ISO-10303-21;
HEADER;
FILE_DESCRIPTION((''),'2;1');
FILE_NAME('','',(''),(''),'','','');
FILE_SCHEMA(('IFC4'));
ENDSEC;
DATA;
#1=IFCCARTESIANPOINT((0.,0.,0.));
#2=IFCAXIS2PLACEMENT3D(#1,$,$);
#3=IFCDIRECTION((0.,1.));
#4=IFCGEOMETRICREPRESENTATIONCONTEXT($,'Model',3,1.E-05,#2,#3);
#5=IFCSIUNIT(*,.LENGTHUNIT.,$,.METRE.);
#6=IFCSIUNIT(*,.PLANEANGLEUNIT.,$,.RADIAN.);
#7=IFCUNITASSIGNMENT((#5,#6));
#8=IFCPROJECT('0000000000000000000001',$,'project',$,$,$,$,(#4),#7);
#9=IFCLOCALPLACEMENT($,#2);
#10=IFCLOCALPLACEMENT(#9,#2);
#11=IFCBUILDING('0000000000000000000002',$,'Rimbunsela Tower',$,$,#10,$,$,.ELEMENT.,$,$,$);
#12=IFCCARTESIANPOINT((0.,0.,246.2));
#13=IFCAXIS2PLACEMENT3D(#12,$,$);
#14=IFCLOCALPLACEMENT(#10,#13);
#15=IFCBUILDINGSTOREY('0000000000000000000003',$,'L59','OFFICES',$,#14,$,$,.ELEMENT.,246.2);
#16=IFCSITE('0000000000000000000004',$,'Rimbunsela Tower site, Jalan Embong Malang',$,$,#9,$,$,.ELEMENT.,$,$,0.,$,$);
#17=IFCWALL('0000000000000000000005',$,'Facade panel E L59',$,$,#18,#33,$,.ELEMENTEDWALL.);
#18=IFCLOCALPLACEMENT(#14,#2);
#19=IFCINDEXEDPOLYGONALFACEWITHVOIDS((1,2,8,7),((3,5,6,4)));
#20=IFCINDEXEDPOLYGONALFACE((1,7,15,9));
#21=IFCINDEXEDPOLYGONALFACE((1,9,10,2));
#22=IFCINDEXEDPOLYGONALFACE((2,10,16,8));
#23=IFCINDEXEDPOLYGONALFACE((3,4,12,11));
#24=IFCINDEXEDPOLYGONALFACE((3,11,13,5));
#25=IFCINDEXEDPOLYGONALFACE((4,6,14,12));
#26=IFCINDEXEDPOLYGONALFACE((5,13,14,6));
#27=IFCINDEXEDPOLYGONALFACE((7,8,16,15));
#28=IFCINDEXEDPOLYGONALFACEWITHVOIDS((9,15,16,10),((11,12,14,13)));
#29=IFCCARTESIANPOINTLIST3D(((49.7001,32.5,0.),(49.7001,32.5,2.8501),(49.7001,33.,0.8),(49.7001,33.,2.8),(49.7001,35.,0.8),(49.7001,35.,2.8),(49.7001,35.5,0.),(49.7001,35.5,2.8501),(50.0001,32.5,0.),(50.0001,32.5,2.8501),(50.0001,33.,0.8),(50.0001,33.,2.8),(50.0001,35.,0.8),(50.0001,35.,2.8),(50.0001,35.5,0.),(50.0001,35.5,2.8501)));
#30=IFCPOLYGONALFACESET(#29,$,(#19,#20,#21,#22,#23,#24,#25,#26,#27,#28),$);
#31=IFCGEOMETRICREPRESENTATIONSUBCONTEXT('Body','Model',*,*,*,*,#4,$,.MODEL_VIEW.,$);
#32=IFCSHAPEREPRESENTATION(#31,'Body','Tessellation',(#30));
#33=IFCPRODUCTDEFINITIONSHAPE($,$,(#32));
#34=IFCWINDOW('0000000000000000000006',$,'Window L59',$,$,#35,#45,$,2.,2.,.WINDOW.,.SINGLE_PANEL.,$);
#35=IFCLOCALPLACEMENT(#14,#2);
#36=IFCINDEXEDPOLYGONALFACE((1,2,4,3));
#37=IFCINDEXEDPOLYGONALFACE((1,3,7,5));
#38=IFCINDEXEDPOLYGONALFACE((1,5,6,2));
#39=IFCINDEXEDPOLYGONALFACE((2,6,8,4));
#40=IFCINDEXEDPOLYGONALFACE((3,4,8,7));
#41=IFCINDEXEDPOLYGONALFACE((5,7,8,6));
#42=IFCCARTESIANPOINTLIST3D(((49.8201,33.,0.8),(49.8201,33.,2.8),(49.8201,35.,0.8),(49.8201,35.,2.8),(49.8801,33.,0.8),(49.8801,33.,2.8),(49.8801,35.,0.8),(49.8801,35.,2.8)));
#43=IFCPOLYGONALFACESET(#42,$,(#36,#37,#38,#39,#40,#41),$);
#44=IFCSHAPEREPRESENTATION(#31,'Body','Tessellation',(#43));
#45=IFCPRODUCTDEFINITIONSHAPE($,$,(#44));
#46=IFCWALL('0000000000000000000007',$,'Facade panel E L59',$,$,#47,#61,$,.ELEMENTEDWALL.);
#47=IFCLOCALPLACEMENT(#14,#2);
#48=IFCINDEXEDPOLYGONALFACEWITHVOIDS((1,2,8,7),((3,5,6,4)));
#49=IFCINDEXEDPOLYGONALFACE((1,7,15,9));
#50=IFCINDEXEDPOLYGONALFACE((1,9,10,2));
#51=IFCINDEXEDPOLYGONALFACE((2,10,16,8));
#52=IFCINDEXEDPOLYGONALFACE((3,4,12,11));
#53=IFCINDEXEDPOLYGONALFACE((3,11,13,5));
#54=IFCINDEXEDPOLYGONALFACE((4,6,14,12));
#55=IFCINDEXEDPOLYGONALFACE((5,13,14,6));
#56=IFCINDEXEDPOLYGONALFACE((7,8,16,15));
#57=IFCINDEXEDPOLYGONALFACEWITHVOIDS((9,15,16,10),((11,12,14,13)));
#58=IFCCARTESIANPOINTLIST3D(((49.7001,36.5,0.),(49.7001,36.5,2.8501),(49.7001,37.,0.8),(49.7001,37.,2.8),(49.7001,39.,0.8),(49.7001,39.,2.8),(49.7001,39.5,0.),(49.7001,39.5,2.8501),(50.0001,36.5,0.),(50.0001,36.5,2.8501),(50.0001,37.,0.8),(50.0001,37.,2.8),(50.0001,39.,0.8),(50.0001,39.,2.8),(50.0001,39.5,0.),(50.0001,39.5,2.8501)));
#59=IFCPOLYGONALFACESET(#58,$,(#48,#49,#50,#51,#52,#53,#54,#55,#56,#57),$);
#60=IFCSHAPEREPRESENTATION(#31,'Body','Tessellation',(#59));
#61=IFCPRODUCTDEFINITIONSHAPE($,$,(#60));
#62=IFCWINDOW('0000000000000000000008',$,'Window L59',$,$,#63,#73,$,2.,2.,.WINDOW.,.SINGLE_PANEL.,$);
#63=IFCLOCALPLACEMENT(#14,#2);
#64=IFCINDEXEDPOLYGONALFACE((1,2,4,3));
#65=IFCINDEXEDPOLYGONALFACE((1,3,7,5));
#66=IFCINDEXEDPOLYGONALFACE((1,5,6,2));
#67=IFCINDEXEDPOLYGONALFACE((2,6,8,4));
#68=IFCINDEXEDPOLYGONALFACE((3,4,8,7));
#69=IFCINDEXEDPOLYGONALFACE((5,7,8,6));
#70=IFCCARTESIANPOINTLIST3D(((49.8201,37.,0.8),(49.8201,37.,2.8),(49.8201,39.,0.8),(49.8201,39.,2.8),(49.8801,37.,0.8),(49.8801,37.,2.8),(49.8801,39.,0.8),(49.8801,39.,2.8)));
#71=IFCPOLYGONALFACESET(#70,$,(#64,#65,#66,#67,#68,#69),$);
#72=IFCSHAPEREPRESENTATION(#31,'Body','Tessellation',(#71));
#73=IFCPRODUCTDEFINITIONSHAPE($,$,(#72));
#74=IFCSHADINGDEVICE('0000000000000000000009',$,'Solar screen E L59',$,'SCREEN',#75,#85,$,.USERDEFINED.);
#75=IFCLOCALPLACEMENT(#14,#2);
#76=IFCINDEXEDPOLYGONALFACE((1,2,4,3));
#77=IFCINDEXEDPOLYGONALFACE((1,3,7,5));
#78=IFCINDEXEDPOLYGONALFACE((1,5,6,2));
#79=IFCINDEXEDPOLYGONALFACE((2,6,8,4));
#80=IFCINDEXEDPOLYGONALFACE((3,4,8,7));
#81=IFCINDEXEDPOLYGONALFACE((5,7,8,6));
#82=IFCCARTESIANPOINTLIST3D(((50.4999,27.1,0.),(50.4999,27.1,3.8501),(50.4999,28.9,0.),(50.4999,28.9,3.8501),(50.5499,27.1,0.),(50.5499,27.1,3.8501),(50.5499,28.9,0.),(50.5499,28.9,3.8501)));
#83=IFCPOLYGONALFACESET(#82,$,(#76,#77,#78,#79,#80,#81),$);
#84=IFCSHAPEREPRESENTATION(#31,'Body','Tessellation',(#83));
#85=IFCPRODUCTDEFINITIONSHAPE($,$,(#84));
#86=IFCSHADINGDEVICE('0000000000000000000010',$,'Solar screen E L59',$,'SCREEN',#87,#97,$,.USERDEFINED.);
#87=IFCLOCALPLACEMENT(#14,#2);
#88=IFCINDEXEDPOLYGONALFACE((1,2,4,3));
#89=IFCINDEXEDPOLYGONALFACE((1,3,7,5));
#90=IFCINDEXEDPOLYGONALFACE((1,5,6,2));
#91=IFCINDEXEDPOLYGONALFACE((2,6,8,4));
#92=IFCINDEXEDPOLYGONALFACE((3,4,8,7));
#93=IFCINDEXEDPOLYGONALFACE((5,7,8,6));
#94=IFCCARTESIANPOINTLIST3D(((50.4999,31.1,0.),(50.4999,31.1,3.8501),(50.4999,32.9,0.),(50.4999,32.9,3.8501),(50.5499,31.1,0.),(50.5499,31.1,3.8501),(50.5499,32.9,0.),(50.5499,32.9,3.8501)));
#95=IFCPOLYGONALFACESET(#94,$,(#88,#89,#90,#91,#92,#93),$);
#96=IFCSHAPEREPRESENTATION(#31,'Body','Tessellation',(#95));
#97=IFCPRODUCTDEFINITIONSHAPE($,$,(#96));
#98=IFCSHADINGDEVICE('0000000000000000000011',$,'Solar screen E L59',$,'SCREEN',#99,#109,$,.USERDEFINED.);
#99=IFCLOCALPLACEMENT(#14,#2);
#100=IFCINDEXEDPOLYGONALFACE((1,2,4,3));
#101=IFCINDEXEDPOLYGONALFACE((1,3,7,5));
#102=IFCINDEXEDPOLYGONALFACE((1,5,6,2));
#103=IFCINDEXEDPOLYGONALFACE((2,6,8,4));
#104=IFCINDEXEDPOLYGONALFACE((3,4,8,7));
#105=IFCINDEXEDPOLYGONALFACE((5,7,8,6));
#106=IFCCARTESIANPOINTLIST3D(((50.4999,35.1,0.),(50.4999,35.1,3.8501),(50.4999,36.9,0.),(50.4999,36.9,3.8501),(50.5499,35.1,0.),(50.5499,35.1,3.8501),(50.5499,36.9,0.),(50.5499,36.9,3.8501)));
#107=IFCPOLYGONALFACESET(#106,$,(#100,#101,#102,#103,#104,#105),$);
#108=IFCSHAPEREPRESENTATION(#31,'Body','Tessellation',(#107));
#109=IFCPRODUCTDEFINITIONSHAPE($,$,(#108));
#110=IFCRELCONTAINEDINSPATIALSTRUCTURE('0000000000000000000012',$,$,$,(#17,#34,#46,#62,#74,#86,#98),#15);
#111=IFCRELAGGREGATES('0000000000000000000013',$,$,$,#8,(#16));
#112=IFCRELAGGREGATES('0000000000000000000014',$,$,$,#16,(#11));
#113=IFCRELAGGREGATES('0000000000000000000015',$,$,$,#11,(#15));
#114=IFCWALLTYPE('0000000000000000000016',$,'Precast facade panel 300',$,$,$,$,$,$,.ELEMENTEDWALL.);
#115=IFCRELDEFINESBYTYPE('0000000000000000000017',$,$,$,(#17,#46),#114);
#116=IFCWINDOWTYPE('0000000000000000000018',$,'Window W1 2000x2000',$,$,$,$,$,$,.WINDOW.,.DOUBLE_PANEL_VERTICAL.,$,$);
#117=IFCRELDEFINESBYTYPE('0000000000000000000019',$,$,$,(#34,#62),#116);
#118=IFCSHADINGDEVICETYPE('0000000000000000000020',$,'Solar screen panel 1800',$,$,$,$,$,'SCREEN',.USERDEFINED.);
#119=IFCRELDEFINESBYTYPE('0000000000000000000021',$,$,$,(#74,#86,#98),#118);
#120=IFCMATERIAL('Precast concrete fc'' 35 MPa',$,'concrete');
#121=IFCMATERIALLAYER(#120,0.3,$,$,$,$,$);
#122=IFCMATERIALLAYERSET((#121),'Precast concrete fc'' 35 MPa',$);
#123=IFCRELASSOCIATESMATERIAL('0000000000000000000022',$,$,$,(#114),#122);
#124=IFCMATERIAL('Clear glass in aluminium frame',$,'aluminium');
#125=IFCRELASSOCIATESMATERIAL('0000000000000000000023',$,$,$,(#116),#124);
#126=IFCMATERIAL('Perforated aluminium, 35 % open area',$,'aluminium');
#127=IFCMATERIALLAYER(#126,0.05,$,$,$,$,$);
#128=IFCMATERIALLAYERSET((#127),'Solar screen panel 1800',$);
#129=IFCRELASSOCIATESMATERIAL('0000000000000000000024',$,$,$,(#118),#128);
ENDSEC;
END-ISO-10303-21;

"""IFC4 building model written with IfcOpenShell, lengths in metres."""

from ifc_helpers import new_model, si_unit, direction, frame, frame_2d, origin, origin_2d, place, context, subcontext, project, spatial, rectangle, extrude, material, layer, layer_set, type_object, element, fill, save


model = new_model("IFC4")

# Units and contexts
model_context = context("Model", 3, precision=1e-05, world=origin(), true_north=direction((0.0, 1.0)))
body_context = subcontext(model_context, "Body", "Model", "MODEL_VIEW")
ifc_project = project(units=[si_unit("LENGTHUNIT", "METRE"), si_unit("PLANEANGLEUNIT", "RADIAN")], contexts=[model_context])

# Site, building, storey
site_placement = place(None, origin())
site = spatial("IfcSite", under=ifc_project, at=site_placement, Name="Rimbunsela Tower site, Jalan Embong Malang", CompositionType="ELEMENT", RefElevation=0.0)
building_placement = place(site_placement, origin())
building = spatial("IfcBuilding", under=site, at=building_placement, Name="Rimbunsela Tower", CompositionType="ELEMENT")
storey_placement = place(building_placement, frame((0.0, 0.0, 246.2)))
storey = spatial("IfcBuildingStorey", under=building, at=storey_placement, Name="L59", Description="OFFICES", CompositionType="ELEMENT", Elevation=246.2)

# Walls, openings, windows
ifc_material_1 = material(Name="Precast concrete fc' 35 MPa", Category="concrete")
ifc_layer_1 = layer(ifc_material_1, 0.3)
ifc_layer_set_1 = layer_set([ifc_layer_1], Name="Precast concrete fc' 35 MPa")
wall_type_1 = type_object("IfcWallType", Name="Precast facade panel 300", PredefinedType="ELEMENTEDWALL", material=ifc_layer_set_1)
ifc_material_2 = material(Name="Clear glass in aluminium frame", Category="aluminium")
window_type = type_object("IfcWindowType", Name="Window W1 2000x2000", PartitioningType="DOUBLE_PANEL_VERTICAL", PredefinedType="WINDOW", material=ifc_material_2)
wall_1_placement = place(storey_placement, frame((49.8501, 32.5, 0.0), z_axis=(0.0, 0.0, 1.0), x_axis=(0.0, 1.0, 0.0)))
wall_1 = element("IfcWall", 1, at=wall_1_placement, inside=storey, type_object=wall_type_1, Name="Facade panel E L59", PredefinedType="ELEMENTEDWALL", context=body_context, shape_type="SweptSolid", body=[
    extrude(rectangle(XDim=3.0, YDim=0.3, at=frame_2d((1.5, 0.0))), origin(), (0.0, 0.0, 1.0), 2.8501),
])
opening_1_placement = place(wall_1_placement, frame((0.5, 0.0, 0.8)))
opening_1 = element("IfcOpeningElement", 2, at=opening_1_placement, cuts=wall_1, PredefinedType="OPENING", context=body_context, shape_type="SweptSolid", body=[
    extrude(rectangle(XDim=2.0, YDim=2.0, at=frame_2d((1.0, 1.0))), frame((0.0, 0.1599, 0.0), z_axis=(0.0, -1.0, 0.0), x_axis=(1.0, 0.0, 0.0)), (0.0, 0.0, 1.0), 0.3201),
])
window_1_placement = place(opening_1_placement, origin())
window_1 = element("IfcWindow", 3, at=window_1_placement, inside=storey, type_object=window_type, Name="Window L59", OverallHeight=2.0, OverallWidth=2.0, PartitioningType="SINGLE_PANEL", PredefinedType="WINDOW", context=body_context, shape_type="SweptSolid", body=[
    extrude(rectangle(XDim=2.0, YDim=2.0, at=frame_2d((1.0, 1.0))), frame((0.0, 0.03, 0.0), z_axis=(0.0, -1.0, 0.0), x_axis=(1.0, 0.0, 0.0)), (0.0, 0.0, 1.0), 0.0601),
])
fill(opening_1, window_1)
wall_2_placement = place(storey_placement, frame((49.8501, 36.5, 0.0), z_axis=(0.0, 0.0, 1.0), x_axis=(0.0, 1.0, 0.0)))
wall_2 = element("IfcWall", 4, at=wall_2_placement, inside=storey, type_object=wall_type_1, Name="Facade panel E L59", PredefinedType="ELEMENTEDWALL", context=body_context, shape_type="SweptSolid", body=[
    extrude(rectangle(XDim=3.0, YDim=0.3, at=frame_2d((1.5, 0.0))), origin(), (0.0, 0.0, 1.0), 2.8501),
])
opening_2_placement = place(wall_2_placement, frame((0.5, 0.0, 0.8)))
opening_2 = element("IfcOpeningElement", 5, at=opening_2_placement, cuts=wall_2, PredefinedType="OPENING", context=body_context, shape_type="SweptSolid", body=[
    extrude(rectangle(XDim=2.0, YDim=2.0, at=frame_2d((1.0, 1.0))), frame((0.0, 0.1599, 0.0), z_axis=(0.0, -1.0, 0.0), x_axis=(1.0, 0.0, 0.0)), (0.0, 0.0, 1.0), 0.3201),
])
window_2_placement = place(opening_2_placement, origin())
window_2 = element("IfcWindow", 6, at=window_2_placement, inside=storey, type_object=window_type, Name="Window L59", OverallHeight=2.0, OverallWidth=2.0, PartitioningType="SINGLE_PANEL", PredefinedType="WINDOW", context=body_context, shape_type="SweptSolid", body=[
    extrude(rectangle(XDim=2.0, YDim=2.0, at=frame_2d((1.0, 1.0))), frame((0.0, 0.03, 0.0), z_axis=(0.0, -1.0, 0.0), x_axis=(1.0, 0.0, 0.0)), (0.0, 0.0, 1.0), 0.0601),
])
fill(opening_2, window_2)

# Shading devices
ifc_material_3 = material(Name="Perforated aluminium, 35 % open area", Category="aluminium")
ifc_layer_2 = layer(ifc_material_3, 0.05)
ifc_layer_set_2 = layer_set([ifc_layer_2], Name="Solar screen panel 1800")
shading_device_type = type_object("IfcShadingDeviceType", Name="Solar screen panel 1800", ElementType="SCREEN", PredefinedType="USERDEFINED", material=ifc_layer_set_2)
for number, where, z_axis, x_axis, name in (
    (7, (50.5249, 28.0, 0.0), (0.0, 0.0, 1.0), (0.0, 1.0, 0.0), "Solar screen E L59"),
    (8, (50.5249, 32.0, 0.0), (0.0, 0.0, 1.0), (0.0, 1.0, 0.0), "Solar screen E L59"),
    (9, (50.5249, 36.0, 0.0), (0.0, 0.0, 1.0), (0.0, 1.0, 0.0), "Solar screen E L59"),
):
    element("IfcShadingDevice", number, at=place(storey_placement, frame(where, z_axis=z_axis, x_axis=x_axis)), inside=storey, type_object=shading_device_type, Name=name, ObjectType="SCREEN", PredefinedType="USERDEFINED", context=body_context, shape_type="SweptSolid", body=[
        extrude(rectangle(XDim=1.8, YDim=0.05, at=origin_2d()), origin(), (0.0, 0.0, 1.0), 3.8501),
    ])

save(model, "model.ifc")
